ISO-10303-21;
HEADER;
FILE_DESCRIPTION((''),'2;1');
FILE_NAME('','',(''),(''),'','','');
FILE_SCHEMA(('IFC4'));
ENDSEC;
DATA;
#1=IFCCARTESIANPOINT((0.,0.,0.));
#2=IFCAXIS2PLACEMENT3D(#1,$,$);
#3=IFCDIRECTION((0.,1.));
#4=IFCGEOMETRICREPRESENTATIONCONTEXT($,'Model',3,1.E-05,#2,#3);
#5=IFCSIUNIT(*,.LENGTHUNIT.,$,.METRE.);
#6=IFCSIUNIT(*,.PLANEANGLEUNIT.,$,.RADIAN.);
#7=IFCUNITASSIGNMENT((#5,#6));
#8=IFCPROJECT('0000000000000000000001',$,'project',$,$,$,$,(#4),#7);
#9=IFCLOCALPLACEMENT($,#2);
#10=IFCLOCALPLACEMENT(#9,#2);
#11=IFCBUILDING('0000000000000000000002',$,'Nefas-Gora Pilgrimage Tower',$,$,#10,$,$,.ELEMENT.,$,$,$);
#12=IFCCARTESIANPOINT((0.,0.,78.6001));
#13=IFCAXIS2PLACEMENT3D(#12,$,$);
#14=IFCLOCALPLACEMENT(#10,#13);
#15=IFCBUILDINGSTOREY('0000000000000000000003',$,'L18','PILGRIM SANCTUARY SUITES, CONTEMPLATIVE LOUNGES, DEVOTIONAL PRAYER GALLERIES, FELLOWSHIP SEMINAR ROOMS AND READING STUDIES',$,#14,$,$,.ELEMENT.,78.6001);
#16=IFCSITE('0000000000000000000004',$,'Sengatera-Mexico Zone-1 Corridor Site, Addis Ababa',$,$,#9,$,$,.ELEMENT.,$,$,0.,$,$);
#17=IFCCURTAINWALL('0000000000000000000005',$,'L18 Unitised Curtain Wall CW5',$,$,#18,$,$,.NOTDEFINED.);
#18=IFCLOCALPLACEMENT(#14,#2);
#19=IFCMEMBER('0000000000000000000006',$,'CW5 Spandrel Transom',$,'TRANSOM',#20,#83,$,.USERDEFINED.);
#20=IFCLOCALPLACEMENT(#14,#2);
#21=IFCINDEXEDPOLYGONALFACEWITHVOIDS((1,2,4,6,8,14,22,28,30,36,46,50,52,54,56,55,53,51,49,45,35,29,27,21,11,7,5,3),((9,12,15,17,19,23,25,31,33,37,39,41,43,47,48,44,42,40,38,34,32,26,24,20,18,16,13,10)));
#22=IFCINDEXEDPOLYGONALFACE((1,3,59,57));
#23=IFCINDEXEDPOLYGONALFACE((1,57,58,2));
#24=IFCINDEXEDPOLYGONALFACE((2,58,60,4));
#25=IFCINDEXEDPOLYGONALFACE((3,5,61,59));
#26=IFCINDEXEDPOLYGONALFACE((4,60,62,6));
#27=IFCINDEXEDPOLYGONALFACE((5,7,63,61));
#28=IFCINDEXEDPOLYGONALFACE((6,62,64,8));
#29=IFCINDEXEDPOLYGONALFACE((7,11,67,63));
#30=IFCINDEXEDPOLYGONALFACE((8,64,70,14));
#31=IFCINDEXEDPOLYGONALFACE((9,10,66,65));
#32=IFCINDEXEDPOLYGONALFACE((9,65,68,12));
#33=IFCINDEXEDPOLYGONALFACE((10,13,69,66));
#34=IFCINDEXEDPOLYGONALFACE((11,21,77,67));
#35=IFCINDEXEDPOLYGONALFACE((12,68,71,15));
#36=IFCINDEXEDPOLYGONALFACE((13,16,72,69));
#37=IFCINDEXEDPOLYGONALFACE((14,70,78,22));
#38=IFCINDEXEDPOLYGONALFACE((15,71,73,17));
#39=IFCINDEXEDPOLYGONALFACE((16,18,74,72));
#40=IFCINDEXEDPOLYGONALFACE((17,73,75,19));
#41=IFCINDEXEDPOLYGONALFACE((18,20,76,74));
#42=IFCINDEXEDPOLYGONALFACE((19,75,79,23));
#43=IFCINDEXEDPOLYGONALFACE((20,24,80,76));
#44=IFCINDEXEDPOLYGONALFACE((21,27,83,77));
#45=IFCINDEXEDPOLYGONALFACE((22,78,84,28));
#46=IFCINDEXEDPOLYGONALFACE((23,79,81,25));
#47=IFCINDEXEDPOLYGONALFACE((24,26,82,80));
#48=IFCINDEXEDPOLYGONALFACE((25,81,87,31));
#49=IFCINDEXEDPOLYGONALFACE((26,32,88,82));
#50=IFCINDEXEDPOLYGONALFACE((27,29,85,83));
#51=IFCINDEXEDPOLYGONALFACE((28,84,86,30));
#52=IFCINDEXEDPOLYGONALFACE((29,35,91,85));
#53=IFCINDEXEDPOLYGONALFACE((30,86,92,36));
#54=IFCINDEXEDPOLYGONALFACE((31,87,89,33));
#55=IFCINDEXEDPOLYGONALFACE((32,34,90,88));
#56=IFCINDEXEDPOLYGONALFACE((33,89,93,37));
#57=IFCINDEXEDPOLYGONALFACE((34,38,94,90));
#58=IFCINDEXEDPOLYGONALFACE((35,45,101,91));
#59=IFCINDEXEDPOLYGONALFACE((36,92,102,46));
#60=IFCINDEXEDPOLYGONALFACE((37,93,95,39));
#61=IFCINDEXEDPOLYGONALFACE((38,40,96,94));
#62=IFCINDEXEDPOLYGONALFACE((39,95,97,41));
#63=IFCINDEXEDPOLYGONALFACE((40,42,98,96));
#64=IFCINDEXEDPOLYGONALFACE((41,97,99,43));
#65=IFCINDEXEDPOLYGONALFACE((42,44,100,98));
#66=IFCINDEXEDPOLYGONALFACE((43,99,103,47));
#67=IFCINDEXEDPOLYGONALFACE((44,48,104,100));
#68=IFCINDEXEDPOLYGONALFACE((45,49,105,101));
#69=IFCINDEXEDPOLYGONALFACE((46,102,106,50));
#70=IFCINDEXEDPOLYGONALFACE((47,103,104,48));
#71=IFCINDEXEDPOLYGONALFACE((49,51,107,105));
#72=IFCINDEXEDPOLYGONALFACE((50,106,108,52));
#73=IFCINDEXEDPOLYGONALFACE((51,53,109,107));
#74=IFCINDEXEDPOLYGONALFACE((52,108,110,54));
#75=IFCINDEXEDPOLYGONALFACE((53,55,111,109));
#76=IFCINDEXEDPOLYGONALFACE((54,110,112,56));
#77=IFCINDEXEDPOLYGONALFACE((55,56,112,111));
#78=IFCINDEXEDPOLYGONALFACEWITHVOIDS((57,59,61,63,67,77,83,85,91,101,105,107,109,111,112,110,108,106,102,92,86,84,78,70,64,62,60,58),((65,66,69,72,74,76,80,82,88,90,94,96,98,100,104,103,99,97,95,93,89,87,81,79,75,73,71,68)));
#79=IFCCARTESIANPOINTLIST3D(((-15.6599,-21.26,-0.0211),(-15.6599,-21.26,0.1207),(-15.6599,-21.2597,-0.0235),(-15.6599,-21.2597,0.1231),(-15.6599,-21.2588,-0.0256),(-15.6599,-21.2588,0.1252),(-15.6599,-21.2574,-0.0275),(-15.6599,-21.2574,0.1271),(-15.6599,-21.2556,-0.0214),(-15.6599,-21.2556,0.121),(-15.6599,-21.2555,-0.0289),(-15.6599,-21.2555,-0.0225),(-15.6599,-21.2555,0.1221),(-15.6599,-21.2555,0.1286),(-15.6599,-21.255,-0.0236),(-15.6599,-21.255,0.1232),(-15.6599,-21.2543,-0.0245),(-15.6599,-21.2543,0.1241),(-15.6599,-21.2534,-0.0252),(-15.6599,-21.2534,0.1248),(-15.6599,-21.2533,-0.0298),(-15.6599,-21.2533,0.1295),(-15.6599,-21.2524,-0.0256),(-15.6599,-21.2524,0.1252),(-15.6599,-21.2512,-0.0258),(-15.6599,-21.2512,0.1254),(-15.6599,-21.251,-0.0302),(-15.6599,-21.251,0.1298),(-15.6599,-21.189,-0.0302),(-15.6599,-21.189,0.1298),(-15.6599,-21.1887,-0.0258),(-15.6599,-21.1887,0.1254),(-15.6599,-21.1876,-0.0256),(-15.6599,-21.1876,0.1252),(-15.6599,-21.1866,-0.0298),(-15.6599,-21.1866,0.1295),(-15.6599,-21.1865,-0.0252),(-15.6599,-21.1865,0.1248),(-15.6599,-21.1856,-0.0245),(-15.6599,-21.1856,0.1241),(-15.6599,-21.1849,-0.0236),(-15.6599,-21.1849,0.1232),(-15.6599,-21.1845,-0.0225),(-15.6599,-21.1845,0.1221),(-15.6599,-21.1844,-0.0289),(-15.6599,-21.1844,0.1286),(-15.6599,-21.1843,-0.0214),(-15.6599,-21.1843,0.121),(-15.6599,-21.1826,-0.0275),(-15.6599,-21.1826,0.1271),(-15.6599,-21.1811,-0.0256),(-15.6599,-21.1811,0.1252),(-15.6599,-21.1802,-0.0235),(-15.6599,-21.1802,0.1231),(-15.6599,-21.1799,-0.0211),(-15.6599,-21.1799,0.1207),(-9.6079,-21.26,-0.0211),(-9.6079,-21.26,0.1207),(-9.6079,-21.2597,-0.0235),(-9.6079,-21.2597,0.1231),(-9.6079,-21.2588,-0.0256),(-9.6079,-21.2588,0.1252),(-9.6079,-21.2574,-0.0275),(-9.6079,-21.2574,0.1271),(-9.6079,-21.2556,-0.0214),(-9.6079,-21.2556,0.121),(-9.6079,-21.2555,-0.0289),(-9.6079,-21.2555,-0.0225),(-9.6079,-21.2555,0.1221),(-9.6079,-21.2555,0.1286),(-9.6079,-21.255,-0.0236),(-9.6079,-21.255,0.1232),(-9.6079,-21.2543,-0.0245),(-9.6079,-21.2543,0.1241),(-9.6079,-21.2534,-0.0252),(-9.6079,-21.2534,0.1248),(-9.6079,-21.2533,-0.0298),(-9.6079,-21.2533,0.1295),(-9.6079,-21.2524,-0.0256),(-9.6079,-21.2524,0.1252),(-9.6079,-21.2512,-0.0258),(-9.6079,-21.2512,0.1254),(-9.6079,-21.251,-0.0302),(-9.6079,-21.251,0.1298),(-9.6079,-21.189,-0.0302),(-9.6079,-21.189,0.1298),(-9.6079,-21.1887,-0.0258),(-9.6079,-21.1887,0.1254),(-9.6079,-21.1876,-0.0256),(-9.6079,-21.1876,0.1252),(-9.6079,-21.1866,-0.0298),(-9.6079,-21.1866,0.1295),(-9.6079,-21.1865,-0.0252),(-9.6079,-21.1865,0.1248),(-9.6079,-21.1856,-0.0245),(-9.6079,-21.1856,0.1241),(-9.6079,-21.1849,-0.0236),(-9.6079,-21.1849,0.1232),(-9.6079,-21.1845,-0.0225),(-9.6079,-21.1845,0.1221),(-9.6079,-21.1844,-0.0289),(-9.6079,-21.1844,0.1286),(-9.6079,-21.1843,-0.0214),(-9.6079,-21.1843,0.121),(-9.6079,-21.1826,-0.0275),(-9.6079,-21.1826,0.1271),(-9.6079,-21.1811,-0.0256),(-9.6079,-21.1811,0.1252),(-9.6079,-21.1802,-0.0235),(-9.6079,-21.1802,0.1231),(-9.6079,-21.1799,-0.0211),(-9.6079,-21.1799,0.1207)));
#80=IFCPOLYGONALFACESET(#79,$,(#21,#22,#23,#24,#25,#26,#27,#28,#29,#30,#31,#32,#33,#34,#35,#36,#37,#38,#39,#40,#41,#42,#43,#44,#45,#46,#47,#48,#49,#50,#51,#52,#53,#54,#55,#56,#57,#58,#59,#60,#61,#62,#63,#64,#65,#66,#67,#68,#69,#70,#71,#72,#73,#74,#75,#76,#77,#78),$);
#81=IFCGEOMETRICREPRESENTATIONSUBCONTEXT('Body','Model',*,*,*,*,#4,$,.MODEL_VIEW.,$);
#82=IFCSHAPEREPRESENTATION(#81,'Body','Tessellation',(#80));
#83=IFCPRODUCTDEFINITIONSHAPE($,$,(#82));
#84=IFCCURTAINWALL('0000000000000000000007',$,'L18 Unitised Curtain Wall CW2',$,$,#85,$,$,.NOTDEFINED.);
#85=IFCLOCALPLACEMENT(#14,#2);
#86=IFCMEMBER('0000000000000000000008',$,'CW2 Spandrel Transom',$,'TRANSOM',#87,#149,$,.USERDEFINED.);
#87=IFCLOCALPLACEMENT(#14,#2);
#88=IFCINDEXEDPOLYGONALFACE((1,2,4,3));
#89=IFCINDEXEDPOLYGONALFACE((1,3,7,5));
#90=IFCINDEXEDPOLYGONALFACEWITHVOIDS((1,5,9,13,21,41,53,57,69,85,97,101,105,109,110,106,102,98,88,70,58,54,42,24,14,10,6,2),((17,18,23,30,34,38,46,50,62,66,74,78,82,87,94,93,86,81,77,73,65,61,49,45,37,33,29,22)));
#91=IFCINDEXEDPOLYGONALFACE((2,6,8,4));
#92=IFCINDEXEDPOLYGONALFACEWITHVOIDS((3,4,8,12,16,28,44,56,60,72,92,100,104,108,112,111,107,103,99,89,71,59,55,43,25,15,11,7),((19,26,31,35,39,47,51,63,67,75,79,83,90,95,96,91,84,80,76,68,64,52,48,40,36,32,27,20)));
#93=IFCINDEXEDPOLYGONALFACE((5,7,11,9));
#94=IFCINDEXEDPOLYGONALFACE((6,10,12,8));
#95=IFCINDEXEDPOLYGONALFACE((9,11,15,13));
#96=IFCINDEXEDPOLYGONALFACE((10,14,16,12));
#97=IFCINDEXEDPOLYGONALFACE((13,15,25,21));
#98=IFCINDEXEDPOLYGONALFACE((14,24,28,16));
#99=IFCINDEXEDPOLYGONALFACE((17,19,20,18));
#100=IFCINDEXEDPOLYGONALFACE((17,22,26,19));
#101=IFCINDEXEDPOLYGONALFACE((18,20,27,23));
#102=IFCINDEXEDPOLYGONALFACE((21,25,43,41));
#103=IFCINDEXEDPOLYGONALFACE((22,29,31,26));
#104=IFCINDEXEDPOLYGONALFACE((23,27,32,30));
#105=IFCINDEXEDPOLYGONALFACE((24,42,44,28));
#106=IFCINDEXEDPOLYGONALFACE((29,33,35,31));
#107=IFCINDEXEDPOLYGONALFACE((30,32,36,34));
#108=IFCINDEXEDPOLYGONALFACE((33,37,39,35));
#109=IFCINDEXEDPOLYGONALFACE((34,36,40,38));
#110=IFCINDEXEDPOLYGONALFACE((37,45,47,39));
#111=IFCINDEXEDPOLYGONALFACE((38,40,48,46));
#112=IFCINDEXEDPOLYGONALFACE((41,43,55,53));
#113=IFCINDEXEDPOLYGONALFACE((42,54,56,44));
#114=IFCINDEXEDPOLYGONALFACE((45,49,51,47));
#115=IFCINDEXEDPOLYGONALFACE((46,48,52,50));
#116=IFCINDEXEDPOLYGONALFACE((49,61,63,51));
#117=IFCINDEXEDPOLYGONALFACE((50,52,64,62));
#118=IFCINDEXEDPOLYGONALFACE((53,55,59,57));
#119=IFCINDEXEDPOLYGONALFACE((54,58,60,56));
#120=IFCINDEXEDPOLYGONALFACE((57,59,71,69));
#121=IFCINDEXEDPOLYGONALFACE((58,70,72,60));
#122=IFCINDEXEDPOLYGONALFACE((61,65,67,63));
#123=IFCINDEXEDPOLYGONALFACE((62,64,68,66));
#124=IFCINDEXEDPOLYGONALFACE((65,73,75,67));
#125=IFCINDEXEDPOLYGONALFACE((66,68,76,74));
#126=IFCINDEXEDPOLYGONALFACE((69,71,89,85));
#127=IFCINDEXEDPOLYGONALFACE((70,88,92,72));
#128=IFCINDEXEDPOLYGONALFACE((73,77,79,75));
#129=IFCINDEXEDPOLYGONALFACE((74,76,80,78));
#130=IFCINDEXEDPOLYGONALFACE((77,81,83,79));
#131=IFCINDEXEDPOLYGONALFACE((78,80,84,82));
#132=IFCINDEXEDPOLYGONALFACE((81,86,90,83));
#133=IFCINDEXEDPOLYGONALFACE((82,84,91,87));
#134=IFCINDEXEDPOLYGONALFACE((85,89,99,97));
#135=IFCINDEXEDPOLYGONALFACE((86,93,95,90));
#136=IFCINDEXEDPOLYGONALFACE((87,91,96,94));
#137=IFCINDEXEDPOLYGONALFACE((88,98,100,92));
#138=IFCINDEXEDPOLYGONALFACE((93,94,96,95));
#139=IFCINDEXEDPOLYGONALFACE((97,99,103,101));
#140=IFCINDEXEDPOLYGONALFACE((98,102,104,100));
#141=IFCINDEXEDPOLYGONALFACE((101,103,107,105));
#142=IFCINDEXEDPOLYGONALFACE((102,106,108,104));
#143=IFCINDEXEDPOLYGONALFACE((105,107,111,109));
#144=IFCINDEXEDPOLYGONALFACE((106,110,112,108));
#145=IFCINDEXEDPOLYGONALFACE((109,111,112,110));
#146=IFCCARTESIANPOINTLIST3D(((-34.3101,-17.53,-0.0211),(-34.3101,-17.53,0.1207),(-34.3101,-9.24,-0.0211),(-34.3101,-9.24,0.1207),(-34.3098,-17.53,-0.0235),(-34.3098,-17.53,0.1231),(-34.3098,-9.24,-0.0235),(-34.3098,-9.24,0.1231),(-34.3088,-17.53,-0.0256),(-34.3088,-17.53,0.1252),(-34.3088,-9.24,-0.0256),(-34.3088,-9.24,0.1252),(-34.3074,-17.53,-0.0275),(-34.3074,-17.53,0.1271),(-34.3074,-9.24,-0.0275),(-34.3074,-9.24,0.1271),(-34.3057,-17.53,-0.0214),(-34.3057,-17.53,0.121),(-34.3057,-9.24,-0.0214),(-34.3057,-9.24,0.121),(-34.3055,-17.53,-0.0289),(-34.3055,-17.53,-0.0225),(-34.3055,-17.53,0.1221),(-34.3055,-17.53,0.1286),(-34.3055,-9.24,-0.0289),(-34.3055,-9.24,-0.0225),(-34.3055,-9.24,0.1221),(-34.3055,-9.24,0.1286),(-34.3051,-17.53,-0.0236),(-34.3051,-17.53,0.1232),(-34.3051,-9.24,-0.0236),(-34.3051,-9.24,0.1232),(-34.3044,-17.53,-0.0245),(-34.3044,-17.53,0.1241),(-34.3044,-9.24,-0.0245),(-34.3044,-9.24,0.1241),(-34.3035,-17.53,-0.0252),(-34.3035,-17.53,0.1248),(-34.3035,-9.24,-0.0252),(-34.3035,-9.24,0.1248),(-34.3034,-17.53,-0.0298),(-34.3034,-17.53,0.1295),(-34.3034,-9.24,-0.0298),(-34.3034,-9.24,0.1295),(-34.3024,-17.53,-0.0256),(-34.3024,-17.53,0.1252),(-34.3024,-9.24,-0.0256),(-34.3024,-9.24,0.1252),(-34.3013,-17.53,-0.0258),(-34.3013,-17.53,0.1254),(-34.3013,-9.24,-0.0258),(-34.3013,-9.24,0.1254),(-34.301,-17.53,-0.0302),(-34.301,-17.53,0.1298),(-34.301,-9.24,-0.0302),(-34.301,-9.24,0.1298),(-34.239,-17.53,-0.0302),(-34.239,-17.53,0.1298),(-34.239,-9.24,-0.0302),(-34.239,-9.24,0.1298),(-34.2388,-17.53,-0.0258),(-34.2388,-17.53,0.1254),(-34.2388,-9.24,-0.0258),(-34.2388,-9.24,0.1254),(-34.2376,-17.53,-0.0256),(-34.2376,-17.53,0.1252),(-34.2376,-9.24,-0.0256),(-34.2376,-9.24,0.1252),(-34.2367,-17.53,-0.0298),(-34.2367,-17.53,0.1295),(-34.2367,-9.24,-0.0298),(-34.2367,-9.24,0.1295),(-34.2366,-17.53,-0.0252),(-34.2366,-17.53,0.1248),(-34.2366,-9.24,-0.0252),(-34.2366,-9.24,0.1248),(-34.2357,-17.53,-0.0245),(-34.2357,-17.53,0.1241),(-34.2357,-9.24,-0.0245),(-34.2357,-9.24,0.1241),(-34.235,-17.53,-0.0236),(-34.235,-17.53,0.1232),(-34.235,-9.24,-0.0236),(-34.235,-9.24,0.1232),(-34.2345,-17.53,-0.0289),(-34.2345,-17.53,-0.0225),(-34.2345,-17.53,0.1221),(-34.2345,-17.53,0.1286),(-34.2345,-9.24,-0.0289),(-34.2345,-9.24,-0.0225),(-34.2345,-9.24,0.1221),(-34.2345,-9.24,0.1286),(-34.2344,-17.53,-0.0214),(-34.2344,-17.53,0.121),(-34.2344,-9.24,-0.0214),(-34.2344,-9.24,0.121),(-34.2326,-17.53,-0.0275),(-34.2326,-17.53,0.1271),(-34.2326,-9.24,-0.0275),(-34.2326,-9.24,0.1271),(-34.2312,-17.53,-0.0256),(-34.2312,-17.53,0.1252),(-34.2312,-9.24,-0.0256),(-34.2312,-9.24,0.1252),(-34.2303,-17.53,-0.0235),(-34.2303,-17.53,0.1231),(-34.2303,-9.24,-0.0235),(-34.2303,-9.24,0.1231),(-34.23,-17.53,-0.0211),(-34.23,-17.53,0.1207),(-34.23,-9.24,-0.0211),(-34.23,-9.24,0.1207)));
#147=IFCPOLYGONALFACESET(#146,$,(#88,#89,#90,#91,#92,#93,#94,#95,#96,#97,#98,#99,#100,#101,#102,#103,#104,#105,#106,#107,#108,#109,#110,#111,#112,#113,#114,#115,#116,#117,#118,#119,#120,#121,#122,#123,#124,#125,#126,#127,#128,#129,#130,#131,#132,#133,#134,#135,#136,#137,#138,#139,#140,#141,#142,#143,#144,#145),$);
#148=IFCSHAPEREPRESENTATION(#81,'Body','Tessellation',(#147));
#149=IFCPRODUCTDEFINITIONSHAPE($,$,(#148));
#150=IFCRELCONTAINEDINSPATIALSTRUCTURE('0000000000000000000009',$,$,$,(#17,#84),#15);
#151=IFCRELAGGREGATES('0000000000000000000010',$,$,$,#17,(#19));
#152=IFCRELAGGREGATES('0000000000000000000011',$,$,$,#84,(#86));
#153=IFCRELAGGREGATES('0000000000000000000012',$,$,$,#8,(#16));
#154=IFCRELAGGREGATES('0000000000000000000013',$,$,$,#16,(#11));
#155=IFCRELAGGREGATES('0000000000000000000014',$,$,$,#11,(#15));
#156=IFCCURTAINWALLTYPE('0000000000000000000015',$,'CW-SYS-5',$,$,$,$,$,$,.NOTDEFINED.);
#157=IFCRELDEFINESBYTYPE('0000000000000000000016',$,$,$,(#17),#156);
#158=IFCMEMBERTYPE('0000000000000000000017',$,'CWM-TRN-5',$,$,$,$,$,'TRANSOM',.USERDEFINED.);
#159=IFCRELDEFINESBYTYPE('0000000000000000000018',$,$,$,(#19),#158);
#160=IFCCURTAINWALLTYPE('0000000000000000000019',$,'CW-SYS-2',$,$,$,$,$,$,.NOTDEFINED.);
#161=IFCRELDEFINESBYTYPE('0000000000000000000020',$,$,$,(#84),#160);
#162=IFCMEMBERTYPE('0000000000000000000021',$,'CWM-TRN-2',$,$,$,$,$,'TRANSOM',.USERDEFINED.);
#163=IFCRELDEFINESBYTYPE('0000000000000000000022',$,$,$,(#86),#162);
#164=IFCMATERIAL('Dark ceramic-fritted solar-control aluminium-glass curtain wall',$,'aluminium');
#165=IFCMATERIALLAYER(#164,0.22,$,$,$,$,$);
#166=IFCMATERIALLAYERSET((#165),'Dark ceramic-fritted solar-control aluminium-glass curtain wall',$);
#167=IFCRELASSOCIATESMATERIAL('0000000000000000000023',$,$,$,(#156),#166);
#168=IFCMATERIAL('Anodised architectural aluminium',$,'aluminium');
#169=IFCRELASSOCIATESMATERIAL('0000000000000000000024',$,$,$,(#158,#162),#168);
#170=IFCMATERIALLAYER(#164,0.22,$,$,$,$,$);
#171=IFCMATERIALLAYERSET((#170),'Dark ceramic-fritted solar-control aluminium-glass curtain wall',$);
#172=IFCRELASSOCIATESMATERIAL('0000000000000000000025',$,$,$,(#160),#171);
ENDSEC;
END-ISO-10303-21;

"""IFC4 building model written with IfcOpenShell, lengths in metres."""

from ifc_helpers import new_model, si_unit, direction, frame, origin, origin_2d, place, context, subcontext, project, spatial, hollow_rectangle, extrude, source, transform, mapped, material, layer, layer_set, material_profile, profile_set, type_object, element, aggregate, save


model = new_model("IFC4")

# Units and contexts
model_context = context("Model", 3, precision=1e-05, world=origin(), true_north=direction((0.0, 1.0)))
body_context = subcontext(model_context, "Body", "Model", "MODEL_VIEW")
ifc_project = project(units=[si_unit("LENGTHUNIT", "METRE"), si_unit("PLANEANGLEUNIT", "RADIAN")], contexts=[model_context])

# Site, building, storey
site_placement = place(None, origin())
site = spatial("IfcSite", under=ifc_project, at=site_placement, Name="Sengatera-Mexico Zone-1 Corridor Site, Addis Ababa", CompositionType="ELEMENT", RefElevation=0.0)
building_placement = place(site_placement, origin())
building = spatial("IfcBuilding", under=site, at=building_placement, Name="Nefas-Gora Pilgrimage Tower", CompositionType="ELEMENT")
storey_placement = place(building_placement, frame((0.0, 0.0, 78.6001)))
storey = spatial("IfcBuildingStorey", under=building, at=storey_placement, Name="L18", Description="PILGRIM SANCTUARY SUITES, CONTEMPLATIVE LOUNGES, DEVOTIONAL PRAYER GALLERIES, FELLOWSHIP SEMINAR ROOMS AND READING STUDIES", CompositionType="ELEMENT", Elevation=78.6001)

# Curtain walls, members
ifc_material_1 = material(Name="Dark ceramic-fritted solar-control aluminium-glass curtain wall", Category="aluminium")
ifc_layer_1 = layer(ifc_material_1, 0.22)
ifc_layer_set_1 = layer_set([ifc_layer_1], Name="Dark ceramic-fritted solar-control aluminium-glass curtain wall")
curtain_wall_type_1 = type_object("IfcCurtainWallType", Name="CW-SYS-5", PredefinedType="NOTDEFINED", material=ifc_layer_set_1)
curtain_wall_1_placement = place(storey_placement, origin())
curtain_wall_1 = element("IfcCurtainWall", 1, at=curtain_wall_1_placement, inside=storey, type_object=curtain_wall_type_1, Name="L18 Unitised Curtain Wall CW5", PredefinedType="NOTDEFINED")
ifc_material_2 = material(Name="Anodised architectural aluminium", Category="aluminium")
ifc_material_profile_1 = material_profile(ifc_material_2, hollow_rectangle(XDim=0.0801, YDim=0.1599, WallThickness=0.0044, InnerFilletRadius=0.0044, OuterFilletRadius=0.009, at=origin_2d()), Name="ALU TRANSOM 80x160")
ifc_profile_set_1 = profile_set([ifc_material_profile_1], Name="Anodised architectural aluminium")
member_type_1 = type_object("IfcMemberType", Name="CWM-TRN-5", ElementType="TRANSOM", PredefinedType="USERDEFINED", material=ifc_profile_set_1)
shared_shape_1 = source(origin(), body_context, "Body", "SweptSolid", [
    extrude(hollow_rectangle(XDim=0.0801, YDim=0.1599, WallThickness=0.0044, InnerFilletRadius=0.0044, OuterFilletRadius=0.009, at=origin_2d()), origin(), (0.0, 0.0, 1.0), 6.052),
])
member_1_placement = place(storey_placement, frame((-15.6599, -21.22, 0.0498), z_axis=(1.0, 0.0, 0.0), x_axis=(0.0, 1.0, 0.0)))
member_1 = element("IfcMember", 2, at=member_1_placement, type_object=member_type_1, Name="CW5 Spandrel Transom", ObjectType="TRANSOM", PredefinedType="USERDEFINED", context=body_context, shape_type="MappedRepresentation", body=[
    mapped(shared_shape_1, transform((0.0, 0.0, 0.0), x_axis=(1.0, 0.0, 0.0), y_axis=(0.0, 1.0, 0.0), z_axis=(0.0, 0.0, 1.0), scale=1.0)),
])
ifc_layer_2 = layer(ifc_material_1, 0.22)
ifc_layer_set_2 = layer_set([ifc_layer_2], Name="Dark ceramic-fritted solar-control aluminium-glass curtain wall")
curtain_wall_type_2 = type_object("IfcCurtainWallType", Name="CW-SYS-2", PredefinedType="NOTDEFINED", material=ifc_layer_set_2)
curtain_wall_2_placement = place(storey_placement, origin())
curtain_wall_2 = element("IfcCurtainWall", 3, at=curtain_wall_2_placement, inside=storey, type_object=curtain_wall_type_2, Name="L18 Unitised Curtain Wall CW2", PredefinedType="NOTDEFINED")
ifc_material_profile_2 = material_profile(ifc_material_2, hollow_rectangle(XDim=0.0801, YDim=0.1599, WallThickness=0.0044, InnerFilletRadius=0.0044, OuterFilletRadius=0.009, at=origin_2d()), Name="ALU TRANSOM 80x160")
ifc_profile_set_2 = profile_set([ifc_material_profile_2], Name="Anodised architectural aluminium")
member_type_2 = type_object("IfcMemberType", Name="CWM-TRN-2", ElementType="TRANSOM", PredefinedType="USERDEFINED", material=ifc_profile_set_2)
shared_shape_2 = source(origin(), body_context, "Body", "SweptSolid", [
    extrude(hollow_rectangle(XDim=0.0801, YDim=0.1599, WallThickness=0.0044, InnerFilletRadius=0.0044, OuterFilletRadius=0.009, at=origin_2d()), origin(), (0.0, 0.0, 1.0), 8.29),
])
member_2_placement = place(storey_placement, frame((-34.27, -9.24, 0.0498), z_axis=(0.0, -1.0, 0.0), x_axis=(1.0, 0.0, 0.0)))
member_2 = element("IfcMember", 4, at=member_2_placement, type_object=member_type_2, Name="CW2 Spandrel Transom", ObjectType="TRANSOM", PredefinedType="USERDEFINED", context=body_context, shape_type="MappedRepresentation", body=[
    mapped(shared_shape_2, transform((0.0, 0.0, 0.0), x_axis=(1.0, 0.0, 0.0), y_axis=(0.0, 1.0, 0.0), z_axis=(0.0, 0.0, 1.0), scale=1.0)),
])

aggregate(curtain_wall_1, [member_1])
aggregate(curtain_wall_2, [member_2])

save(model, "model.ifc")
